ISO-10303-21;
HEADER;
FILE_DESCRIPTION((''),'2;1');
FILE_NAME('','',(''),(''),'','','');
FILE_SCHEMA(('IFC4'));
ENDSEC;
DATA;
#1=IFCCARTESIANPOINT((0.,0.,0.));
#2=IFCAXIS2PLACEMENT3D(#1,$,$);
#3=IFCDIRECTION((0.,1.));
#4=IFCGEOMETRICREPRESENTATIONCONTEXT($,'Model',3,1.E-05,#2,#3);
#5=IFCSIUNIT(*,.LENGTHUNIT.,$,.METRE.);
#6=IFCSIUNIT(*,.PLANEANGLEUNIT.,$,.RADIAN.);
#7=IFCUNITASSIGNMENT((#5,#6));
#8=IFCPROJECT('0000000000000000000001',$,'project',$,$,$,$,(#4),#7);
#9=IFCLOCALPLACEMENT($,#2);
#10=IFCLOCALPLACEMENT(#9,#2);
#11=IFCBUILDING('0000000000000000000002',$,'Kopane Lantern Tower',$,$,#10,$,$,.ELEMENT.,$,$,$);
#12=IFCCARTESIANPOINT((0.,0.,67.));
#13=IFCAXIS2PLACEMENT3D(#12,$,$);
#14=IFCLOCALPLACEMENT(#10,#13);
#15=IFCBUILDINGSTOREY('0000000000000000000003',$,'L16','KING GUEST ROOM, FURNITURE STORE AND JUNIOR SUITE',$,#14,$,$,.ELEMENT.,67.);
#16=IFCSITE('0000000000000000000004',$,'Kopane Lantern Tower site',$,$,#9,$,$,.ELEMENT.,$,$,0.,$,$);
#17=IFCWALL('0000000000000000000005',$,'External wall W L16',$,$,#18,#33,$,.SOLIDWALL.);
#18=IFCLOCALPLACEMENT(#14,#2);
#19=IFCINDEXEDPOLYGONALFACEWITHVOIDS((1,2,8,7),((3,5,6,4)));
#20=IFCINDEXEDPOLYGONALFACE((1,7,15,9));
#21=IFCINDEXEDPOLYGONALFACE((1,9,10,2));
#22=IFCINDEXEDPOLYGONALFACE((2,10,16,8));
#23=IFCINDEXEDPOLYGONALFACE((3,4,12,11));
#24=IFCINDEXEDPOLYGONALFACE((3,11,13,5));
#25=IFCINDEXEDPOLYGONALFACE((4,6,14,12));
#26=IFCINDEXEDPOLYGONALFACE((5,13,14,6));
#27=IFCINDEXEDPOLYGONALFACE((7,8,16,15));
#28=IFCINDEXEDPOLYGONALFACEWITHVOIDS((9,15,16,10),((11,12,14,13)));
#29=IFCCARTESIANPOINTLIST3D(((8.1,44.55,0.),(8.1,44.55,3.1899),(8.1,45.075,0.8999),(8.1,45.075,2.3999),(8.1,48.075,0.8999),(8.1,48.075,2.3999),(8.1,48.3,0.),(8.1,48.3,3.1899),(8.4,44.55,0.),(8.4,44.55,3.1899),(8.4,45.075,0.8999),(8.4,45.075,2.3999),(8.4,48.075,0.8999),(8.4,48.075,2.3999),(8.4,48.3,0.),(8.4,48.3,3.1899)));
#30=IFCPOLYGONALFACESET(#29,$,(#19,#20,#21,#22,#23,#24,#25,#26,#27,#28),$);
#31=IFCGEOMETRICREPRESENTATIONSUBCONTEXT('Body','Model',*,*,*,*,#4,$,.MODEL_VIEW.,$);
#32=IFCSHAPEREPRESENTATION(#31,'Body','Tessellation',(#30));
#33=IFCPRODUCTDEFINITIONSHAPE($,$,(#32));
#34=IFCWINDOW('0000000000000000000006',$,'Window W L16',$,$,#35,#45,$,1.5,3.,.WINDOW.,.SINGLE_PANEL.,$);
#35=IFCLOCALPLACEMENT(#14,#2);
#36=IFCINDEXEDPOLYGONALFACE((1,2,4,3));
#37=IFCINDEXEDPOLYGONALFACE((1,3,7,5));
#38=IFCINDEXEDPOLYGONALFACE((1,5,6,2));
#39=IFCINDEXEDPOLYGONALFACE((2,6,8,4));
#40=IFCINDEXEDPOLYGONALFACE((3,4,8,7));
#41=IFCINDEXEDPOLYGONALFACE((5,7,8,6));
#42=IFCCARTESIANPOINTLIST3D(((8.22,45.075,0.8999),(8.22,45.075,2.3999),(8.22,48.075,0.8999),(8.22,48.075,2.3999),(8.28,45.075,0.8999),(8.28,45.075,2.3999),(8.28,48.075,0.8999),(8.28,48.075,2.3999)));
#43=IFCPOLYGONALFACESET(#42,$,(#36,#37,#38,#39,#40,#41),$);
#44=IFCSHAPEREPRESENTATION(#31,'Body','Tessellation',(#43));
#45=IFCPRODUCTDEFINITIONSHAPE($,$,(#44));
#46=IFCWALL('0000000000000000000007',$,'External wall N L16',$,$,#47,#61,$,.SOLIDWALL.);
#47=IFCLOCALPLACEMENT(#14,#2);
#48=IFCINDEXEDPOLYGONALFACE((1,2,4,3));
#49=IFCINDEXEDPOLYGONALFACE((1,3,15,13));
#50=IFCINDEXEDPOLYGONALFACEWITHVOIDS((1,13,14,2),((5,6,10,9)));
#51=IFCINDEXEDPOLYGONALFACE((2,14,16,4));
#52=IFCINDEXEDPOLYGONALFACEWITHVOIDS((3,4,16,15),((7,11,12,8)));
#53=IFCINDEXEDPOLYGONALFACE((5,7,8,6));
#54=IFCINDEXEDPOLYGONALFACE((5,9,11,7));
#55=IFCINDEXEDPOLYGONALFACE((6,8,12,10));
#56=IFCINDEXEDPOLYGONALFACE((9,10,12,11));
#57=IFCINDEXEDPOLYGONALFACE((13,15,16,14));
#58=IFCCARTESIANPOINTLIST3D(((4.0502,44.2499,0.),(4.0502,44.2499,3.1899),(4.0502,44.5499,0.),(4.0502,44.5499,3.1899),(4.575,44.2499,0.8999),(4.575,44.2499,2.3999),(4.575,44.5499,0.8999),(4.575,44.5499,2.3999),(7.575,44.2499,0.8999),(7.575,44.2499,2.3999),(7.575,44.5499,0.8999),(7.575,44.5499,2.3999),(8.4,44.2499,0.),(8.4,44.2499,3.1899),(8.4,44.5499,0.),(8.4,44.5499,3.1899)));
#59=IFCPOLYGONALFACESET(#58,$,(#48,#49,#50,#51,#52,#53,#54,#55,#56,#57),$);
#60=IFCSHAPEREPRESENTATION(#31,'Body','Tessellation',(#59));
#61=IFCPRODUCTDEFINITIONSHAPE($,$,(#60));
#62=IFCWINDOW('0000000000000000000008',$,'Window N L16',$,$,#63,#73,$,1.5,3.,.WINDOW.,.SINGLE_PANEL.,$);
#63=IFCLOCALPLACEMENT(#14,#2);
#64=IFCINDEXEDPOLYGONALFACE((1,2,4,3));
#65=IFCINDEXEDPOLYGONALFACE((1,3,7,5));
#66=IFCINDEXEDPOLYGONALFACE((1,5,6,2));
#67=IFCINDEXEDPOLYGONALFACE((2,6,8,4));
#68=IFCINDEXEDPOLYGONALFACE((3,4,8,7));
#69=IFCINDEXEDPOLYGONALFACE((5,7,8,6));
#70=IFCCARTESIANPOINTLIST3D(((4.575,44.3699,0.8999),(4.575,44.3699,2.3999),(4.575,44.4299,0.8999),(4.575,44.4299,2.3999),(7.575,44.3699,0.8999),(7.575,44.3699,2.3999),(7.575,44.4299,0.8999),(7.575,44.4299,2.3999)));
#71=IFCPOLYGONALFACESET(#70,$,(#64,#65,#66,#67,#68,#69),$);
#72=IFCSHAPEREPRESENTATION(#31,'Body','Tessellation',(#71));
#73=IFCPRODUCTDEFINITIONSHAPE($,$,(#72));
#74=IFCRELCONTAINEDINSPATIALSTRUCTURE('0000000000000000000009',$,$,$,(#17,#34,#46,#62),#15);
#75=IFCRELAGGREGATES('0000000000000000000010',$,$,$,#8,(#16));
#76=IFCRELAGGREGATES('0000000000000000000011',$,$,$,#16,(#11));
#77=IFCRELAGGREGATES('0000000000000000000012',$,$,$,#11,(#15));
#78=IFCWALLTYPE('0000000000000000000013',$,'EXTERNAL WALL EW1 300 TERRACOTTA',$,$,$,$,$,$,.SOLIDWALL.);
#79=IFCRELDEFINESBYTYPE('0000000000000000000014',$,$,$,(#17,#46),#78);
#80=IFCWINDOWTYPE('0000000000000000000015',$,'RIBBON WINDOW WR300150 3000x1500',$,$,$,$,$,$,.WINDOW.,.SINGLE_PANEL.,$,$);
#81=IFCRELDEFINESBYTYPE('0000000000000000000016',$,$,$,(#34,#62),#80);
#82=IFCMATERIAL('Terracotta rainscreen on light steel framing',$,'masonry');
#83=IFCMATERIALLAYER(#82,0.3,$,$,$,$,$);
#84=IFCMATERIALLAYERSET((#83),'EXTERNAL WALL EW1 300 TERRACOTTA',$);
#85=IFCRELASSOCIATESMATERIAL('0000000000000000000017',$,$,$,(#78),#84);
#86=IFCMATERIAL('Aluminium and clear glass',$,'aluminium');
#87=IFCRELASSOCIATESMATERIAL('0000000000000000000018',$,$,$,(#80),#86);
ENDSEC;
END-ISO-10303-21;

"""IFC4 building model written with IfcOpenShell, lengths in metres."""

from ifc_helpers import new_model, si_unit, direction, frame, frame_2d, origin, place, context, subcontext, project, spatial, rectangle, extrude, material, layer, layer_set, type_object, element, fill, save


model = new_model("IFC4")

# Units and contexts
model_context = context("Model", 3, precision=1e-05, world=origin(), true_north=direction((0.0, 1.0)))
body_context = subcontext(model_context, "Body", "Model", "MODEL_VIEW")
ifc_project = project(units=[si_unit("LENGTHUNIT", "METRE"), si_unit("PLANEANGLEUNIT", "RADIAN")], contexts=[model_context])

# Site, building, storey
site_placement = place(None, origin())
site = spatial("IfcSite", under=ifc_project, at=site_placement, Name="Kopane Lantern Tower site", CompositionType="ELEMENT", RefElevation=0.0)
building_placement = place(site_placement, origin())
building = spatial("IfcBuilding", under=site, at=building_placement, Name="Kopane Lantern Tower", CompositionType="ELEMENT")
storey_placement = place(building_placement, frame((0.0, 0.0, 67.0)))
storey = spatial("IfcBuildingStorey", under=building, at=storey_placement, Name="L16", Description="KING GUEST ROOM, FURNITURE STORE AND JUNIOR SUITE", CompositionType="ELEMENT", Elevation=67.0)

# Walls, openings, windows
ifc_material_1 = material(Name="Terracotta rainscreen on light steel framing", Category="masonry")
ifc_layer_1 = layer(ifc_material_1, 0.3)
ifc_layer_set_1 = layer_set([ifc_layer_1], Name="EXTERNAL WALL EW1 300 TERRACOTTA")
wall_type_1 = type_object("IfcWallType", Name="EXTERNAL WALL EW1 300 TERRACOTTA", PredefinedType="SOLIDWALL", material=ifc_layer_set_1)
wall_1_placement = place(storey_placement, frame((8.25, 48.3, 0.0), z_axis=(0.0, 0.0, 1.0), x_axis=(0.0, -1.0, 0.0)))
wall_1 = element("IfcWall", 1, at=wall_1_placement, inside=storey, type_object=wall_type_1, Name="External wall W L16", PredefinedType="SOLIDWALL", context=body_context, shape_type="SweptSolid", body=[
    extrude(rectangle(XDim=3.75, YDim=0.3, at=frame_2d((1.875, 0.0))), origin(), (0.0, 0.0, 1.0), 3.1899),
])
opening_1_placement = place(wall_1_placement, frame((0.2251, 0.0, 0.8999)))
opening_1 = element("IfcOpeningElement", 2, at=opening_1_placement, cuts=wall_1, PredefinedType="OPENING", context=body_context, shape_type="SweptSolid", body=[
    extrude(rectangle(XDim=3.0, YDim=1.5, at=frame_2d((1.5, 0.75))), frame((0.0, 0.1599, 0.0), z_axis=(0.0, -1.0, 0.0), x_axis=(1.0, 0.0, 0.0)), (0.0, 0.0, 1.0), 0.3201),
])
ifc_material_2 = material(Name="Aluminium and clear glass", Category="aluminium")
window_type = type_object("IfcWindowType", Name="RIBBON WINDOW WR300150 3000x1500", PartitioningType="SINGLE_PANEL", PredefinedType="WINDOW", material=ifc_material_2)
window_1_placement = place(opening_1_placement, origin())
window_1 = element("IfcWindow", 3, at=window_1_placement, inside=storey, type_object=window_type, Name="Window W L16", OverallHeight=1.5, OverallWidth=3.0, PartitioningType="SINGLE_PANEL", PredefinedType="WINDOW", context=body_context, shape_type="SweptSolid", body=[
    extrude(rectangle(XDim=3.0, YDim=1.5, at=frame_2d((1.5, 0.75))), frame((0.0, 0.03, 0.0), z_axis=(0.0, -1.0, 0.0), x_axis=(1.0, 0.0, 0.0)), (0.0, 0.0, 1.0), 0.0601),
])
fill(opening_1, window_1)
wall_2_placement = place(storey_placement, frame((8.3999, 44.3999, 0.0), z_axis=(0.0, 0.0, 1.0), x_axis=(-1.0, 0.0, 0.0)))
wall_2 = element("IfcWall", 4, at=wall_2_placement, inside=storey, type_object=wall_type_1, Name="External wall N L16", PredefinedType="SOLIDWALL", context=body_context, shape_type="SweptSolid", body=[
    extrude(rectangle(XDim=4.3499, YDim=0.3, at=frame_2d((2.1748, 0.0))), origin(), (0.0, 0.0, 1.0), 3.1899),
])
opening_2_placement = place(wall_2_placement, frame((0.825, 0.0, 0.8999)))
opening_2 = element("IfcOpeningElement", 5, at=opening_2_placement, cuts=wall_2, PredefinedType="OPENING", context=body_context, shape_type="SweptSolid", body=[
    extrude(rectangle(XDim=3.0, YDim=1.5, at=frame_2d((1.5, 0.75))), frame((0.0, 0.1599, 0.0), z_axis=(0.0, -1.0, 0.0), x_axis=(1.0, 0.0, 0.0)), (0.0, 0.0, 1.0), 0.3201),
])
window_2_placement = place(opening_2_placement, origin())
window_2 = element("IfcWindow", 6, at=window_2_placement, inside=storey, type_object=window_type, Name="Window N L16", OverallHeight=1.5, OverallWidth=3.0, PartitioningType="SINGLE_PANEL", PredefinedType="WINDOW", context=body_context, shape_type="SweptSolid", body=[
    extrude(rectangle(XDim=3.0, YDim=1.5, at=frame_2d((1.5, 0.75))), frame((0.0, 0.03, 0.0), z_axis=(0.0, -1.0, 0.0), x_axis=(1.0, 0.0, 0.0)), (0.0, 0.0, 1.0), 0.0601),
])
fill(opening_2, window_2)

save(model, "model.ifc")
